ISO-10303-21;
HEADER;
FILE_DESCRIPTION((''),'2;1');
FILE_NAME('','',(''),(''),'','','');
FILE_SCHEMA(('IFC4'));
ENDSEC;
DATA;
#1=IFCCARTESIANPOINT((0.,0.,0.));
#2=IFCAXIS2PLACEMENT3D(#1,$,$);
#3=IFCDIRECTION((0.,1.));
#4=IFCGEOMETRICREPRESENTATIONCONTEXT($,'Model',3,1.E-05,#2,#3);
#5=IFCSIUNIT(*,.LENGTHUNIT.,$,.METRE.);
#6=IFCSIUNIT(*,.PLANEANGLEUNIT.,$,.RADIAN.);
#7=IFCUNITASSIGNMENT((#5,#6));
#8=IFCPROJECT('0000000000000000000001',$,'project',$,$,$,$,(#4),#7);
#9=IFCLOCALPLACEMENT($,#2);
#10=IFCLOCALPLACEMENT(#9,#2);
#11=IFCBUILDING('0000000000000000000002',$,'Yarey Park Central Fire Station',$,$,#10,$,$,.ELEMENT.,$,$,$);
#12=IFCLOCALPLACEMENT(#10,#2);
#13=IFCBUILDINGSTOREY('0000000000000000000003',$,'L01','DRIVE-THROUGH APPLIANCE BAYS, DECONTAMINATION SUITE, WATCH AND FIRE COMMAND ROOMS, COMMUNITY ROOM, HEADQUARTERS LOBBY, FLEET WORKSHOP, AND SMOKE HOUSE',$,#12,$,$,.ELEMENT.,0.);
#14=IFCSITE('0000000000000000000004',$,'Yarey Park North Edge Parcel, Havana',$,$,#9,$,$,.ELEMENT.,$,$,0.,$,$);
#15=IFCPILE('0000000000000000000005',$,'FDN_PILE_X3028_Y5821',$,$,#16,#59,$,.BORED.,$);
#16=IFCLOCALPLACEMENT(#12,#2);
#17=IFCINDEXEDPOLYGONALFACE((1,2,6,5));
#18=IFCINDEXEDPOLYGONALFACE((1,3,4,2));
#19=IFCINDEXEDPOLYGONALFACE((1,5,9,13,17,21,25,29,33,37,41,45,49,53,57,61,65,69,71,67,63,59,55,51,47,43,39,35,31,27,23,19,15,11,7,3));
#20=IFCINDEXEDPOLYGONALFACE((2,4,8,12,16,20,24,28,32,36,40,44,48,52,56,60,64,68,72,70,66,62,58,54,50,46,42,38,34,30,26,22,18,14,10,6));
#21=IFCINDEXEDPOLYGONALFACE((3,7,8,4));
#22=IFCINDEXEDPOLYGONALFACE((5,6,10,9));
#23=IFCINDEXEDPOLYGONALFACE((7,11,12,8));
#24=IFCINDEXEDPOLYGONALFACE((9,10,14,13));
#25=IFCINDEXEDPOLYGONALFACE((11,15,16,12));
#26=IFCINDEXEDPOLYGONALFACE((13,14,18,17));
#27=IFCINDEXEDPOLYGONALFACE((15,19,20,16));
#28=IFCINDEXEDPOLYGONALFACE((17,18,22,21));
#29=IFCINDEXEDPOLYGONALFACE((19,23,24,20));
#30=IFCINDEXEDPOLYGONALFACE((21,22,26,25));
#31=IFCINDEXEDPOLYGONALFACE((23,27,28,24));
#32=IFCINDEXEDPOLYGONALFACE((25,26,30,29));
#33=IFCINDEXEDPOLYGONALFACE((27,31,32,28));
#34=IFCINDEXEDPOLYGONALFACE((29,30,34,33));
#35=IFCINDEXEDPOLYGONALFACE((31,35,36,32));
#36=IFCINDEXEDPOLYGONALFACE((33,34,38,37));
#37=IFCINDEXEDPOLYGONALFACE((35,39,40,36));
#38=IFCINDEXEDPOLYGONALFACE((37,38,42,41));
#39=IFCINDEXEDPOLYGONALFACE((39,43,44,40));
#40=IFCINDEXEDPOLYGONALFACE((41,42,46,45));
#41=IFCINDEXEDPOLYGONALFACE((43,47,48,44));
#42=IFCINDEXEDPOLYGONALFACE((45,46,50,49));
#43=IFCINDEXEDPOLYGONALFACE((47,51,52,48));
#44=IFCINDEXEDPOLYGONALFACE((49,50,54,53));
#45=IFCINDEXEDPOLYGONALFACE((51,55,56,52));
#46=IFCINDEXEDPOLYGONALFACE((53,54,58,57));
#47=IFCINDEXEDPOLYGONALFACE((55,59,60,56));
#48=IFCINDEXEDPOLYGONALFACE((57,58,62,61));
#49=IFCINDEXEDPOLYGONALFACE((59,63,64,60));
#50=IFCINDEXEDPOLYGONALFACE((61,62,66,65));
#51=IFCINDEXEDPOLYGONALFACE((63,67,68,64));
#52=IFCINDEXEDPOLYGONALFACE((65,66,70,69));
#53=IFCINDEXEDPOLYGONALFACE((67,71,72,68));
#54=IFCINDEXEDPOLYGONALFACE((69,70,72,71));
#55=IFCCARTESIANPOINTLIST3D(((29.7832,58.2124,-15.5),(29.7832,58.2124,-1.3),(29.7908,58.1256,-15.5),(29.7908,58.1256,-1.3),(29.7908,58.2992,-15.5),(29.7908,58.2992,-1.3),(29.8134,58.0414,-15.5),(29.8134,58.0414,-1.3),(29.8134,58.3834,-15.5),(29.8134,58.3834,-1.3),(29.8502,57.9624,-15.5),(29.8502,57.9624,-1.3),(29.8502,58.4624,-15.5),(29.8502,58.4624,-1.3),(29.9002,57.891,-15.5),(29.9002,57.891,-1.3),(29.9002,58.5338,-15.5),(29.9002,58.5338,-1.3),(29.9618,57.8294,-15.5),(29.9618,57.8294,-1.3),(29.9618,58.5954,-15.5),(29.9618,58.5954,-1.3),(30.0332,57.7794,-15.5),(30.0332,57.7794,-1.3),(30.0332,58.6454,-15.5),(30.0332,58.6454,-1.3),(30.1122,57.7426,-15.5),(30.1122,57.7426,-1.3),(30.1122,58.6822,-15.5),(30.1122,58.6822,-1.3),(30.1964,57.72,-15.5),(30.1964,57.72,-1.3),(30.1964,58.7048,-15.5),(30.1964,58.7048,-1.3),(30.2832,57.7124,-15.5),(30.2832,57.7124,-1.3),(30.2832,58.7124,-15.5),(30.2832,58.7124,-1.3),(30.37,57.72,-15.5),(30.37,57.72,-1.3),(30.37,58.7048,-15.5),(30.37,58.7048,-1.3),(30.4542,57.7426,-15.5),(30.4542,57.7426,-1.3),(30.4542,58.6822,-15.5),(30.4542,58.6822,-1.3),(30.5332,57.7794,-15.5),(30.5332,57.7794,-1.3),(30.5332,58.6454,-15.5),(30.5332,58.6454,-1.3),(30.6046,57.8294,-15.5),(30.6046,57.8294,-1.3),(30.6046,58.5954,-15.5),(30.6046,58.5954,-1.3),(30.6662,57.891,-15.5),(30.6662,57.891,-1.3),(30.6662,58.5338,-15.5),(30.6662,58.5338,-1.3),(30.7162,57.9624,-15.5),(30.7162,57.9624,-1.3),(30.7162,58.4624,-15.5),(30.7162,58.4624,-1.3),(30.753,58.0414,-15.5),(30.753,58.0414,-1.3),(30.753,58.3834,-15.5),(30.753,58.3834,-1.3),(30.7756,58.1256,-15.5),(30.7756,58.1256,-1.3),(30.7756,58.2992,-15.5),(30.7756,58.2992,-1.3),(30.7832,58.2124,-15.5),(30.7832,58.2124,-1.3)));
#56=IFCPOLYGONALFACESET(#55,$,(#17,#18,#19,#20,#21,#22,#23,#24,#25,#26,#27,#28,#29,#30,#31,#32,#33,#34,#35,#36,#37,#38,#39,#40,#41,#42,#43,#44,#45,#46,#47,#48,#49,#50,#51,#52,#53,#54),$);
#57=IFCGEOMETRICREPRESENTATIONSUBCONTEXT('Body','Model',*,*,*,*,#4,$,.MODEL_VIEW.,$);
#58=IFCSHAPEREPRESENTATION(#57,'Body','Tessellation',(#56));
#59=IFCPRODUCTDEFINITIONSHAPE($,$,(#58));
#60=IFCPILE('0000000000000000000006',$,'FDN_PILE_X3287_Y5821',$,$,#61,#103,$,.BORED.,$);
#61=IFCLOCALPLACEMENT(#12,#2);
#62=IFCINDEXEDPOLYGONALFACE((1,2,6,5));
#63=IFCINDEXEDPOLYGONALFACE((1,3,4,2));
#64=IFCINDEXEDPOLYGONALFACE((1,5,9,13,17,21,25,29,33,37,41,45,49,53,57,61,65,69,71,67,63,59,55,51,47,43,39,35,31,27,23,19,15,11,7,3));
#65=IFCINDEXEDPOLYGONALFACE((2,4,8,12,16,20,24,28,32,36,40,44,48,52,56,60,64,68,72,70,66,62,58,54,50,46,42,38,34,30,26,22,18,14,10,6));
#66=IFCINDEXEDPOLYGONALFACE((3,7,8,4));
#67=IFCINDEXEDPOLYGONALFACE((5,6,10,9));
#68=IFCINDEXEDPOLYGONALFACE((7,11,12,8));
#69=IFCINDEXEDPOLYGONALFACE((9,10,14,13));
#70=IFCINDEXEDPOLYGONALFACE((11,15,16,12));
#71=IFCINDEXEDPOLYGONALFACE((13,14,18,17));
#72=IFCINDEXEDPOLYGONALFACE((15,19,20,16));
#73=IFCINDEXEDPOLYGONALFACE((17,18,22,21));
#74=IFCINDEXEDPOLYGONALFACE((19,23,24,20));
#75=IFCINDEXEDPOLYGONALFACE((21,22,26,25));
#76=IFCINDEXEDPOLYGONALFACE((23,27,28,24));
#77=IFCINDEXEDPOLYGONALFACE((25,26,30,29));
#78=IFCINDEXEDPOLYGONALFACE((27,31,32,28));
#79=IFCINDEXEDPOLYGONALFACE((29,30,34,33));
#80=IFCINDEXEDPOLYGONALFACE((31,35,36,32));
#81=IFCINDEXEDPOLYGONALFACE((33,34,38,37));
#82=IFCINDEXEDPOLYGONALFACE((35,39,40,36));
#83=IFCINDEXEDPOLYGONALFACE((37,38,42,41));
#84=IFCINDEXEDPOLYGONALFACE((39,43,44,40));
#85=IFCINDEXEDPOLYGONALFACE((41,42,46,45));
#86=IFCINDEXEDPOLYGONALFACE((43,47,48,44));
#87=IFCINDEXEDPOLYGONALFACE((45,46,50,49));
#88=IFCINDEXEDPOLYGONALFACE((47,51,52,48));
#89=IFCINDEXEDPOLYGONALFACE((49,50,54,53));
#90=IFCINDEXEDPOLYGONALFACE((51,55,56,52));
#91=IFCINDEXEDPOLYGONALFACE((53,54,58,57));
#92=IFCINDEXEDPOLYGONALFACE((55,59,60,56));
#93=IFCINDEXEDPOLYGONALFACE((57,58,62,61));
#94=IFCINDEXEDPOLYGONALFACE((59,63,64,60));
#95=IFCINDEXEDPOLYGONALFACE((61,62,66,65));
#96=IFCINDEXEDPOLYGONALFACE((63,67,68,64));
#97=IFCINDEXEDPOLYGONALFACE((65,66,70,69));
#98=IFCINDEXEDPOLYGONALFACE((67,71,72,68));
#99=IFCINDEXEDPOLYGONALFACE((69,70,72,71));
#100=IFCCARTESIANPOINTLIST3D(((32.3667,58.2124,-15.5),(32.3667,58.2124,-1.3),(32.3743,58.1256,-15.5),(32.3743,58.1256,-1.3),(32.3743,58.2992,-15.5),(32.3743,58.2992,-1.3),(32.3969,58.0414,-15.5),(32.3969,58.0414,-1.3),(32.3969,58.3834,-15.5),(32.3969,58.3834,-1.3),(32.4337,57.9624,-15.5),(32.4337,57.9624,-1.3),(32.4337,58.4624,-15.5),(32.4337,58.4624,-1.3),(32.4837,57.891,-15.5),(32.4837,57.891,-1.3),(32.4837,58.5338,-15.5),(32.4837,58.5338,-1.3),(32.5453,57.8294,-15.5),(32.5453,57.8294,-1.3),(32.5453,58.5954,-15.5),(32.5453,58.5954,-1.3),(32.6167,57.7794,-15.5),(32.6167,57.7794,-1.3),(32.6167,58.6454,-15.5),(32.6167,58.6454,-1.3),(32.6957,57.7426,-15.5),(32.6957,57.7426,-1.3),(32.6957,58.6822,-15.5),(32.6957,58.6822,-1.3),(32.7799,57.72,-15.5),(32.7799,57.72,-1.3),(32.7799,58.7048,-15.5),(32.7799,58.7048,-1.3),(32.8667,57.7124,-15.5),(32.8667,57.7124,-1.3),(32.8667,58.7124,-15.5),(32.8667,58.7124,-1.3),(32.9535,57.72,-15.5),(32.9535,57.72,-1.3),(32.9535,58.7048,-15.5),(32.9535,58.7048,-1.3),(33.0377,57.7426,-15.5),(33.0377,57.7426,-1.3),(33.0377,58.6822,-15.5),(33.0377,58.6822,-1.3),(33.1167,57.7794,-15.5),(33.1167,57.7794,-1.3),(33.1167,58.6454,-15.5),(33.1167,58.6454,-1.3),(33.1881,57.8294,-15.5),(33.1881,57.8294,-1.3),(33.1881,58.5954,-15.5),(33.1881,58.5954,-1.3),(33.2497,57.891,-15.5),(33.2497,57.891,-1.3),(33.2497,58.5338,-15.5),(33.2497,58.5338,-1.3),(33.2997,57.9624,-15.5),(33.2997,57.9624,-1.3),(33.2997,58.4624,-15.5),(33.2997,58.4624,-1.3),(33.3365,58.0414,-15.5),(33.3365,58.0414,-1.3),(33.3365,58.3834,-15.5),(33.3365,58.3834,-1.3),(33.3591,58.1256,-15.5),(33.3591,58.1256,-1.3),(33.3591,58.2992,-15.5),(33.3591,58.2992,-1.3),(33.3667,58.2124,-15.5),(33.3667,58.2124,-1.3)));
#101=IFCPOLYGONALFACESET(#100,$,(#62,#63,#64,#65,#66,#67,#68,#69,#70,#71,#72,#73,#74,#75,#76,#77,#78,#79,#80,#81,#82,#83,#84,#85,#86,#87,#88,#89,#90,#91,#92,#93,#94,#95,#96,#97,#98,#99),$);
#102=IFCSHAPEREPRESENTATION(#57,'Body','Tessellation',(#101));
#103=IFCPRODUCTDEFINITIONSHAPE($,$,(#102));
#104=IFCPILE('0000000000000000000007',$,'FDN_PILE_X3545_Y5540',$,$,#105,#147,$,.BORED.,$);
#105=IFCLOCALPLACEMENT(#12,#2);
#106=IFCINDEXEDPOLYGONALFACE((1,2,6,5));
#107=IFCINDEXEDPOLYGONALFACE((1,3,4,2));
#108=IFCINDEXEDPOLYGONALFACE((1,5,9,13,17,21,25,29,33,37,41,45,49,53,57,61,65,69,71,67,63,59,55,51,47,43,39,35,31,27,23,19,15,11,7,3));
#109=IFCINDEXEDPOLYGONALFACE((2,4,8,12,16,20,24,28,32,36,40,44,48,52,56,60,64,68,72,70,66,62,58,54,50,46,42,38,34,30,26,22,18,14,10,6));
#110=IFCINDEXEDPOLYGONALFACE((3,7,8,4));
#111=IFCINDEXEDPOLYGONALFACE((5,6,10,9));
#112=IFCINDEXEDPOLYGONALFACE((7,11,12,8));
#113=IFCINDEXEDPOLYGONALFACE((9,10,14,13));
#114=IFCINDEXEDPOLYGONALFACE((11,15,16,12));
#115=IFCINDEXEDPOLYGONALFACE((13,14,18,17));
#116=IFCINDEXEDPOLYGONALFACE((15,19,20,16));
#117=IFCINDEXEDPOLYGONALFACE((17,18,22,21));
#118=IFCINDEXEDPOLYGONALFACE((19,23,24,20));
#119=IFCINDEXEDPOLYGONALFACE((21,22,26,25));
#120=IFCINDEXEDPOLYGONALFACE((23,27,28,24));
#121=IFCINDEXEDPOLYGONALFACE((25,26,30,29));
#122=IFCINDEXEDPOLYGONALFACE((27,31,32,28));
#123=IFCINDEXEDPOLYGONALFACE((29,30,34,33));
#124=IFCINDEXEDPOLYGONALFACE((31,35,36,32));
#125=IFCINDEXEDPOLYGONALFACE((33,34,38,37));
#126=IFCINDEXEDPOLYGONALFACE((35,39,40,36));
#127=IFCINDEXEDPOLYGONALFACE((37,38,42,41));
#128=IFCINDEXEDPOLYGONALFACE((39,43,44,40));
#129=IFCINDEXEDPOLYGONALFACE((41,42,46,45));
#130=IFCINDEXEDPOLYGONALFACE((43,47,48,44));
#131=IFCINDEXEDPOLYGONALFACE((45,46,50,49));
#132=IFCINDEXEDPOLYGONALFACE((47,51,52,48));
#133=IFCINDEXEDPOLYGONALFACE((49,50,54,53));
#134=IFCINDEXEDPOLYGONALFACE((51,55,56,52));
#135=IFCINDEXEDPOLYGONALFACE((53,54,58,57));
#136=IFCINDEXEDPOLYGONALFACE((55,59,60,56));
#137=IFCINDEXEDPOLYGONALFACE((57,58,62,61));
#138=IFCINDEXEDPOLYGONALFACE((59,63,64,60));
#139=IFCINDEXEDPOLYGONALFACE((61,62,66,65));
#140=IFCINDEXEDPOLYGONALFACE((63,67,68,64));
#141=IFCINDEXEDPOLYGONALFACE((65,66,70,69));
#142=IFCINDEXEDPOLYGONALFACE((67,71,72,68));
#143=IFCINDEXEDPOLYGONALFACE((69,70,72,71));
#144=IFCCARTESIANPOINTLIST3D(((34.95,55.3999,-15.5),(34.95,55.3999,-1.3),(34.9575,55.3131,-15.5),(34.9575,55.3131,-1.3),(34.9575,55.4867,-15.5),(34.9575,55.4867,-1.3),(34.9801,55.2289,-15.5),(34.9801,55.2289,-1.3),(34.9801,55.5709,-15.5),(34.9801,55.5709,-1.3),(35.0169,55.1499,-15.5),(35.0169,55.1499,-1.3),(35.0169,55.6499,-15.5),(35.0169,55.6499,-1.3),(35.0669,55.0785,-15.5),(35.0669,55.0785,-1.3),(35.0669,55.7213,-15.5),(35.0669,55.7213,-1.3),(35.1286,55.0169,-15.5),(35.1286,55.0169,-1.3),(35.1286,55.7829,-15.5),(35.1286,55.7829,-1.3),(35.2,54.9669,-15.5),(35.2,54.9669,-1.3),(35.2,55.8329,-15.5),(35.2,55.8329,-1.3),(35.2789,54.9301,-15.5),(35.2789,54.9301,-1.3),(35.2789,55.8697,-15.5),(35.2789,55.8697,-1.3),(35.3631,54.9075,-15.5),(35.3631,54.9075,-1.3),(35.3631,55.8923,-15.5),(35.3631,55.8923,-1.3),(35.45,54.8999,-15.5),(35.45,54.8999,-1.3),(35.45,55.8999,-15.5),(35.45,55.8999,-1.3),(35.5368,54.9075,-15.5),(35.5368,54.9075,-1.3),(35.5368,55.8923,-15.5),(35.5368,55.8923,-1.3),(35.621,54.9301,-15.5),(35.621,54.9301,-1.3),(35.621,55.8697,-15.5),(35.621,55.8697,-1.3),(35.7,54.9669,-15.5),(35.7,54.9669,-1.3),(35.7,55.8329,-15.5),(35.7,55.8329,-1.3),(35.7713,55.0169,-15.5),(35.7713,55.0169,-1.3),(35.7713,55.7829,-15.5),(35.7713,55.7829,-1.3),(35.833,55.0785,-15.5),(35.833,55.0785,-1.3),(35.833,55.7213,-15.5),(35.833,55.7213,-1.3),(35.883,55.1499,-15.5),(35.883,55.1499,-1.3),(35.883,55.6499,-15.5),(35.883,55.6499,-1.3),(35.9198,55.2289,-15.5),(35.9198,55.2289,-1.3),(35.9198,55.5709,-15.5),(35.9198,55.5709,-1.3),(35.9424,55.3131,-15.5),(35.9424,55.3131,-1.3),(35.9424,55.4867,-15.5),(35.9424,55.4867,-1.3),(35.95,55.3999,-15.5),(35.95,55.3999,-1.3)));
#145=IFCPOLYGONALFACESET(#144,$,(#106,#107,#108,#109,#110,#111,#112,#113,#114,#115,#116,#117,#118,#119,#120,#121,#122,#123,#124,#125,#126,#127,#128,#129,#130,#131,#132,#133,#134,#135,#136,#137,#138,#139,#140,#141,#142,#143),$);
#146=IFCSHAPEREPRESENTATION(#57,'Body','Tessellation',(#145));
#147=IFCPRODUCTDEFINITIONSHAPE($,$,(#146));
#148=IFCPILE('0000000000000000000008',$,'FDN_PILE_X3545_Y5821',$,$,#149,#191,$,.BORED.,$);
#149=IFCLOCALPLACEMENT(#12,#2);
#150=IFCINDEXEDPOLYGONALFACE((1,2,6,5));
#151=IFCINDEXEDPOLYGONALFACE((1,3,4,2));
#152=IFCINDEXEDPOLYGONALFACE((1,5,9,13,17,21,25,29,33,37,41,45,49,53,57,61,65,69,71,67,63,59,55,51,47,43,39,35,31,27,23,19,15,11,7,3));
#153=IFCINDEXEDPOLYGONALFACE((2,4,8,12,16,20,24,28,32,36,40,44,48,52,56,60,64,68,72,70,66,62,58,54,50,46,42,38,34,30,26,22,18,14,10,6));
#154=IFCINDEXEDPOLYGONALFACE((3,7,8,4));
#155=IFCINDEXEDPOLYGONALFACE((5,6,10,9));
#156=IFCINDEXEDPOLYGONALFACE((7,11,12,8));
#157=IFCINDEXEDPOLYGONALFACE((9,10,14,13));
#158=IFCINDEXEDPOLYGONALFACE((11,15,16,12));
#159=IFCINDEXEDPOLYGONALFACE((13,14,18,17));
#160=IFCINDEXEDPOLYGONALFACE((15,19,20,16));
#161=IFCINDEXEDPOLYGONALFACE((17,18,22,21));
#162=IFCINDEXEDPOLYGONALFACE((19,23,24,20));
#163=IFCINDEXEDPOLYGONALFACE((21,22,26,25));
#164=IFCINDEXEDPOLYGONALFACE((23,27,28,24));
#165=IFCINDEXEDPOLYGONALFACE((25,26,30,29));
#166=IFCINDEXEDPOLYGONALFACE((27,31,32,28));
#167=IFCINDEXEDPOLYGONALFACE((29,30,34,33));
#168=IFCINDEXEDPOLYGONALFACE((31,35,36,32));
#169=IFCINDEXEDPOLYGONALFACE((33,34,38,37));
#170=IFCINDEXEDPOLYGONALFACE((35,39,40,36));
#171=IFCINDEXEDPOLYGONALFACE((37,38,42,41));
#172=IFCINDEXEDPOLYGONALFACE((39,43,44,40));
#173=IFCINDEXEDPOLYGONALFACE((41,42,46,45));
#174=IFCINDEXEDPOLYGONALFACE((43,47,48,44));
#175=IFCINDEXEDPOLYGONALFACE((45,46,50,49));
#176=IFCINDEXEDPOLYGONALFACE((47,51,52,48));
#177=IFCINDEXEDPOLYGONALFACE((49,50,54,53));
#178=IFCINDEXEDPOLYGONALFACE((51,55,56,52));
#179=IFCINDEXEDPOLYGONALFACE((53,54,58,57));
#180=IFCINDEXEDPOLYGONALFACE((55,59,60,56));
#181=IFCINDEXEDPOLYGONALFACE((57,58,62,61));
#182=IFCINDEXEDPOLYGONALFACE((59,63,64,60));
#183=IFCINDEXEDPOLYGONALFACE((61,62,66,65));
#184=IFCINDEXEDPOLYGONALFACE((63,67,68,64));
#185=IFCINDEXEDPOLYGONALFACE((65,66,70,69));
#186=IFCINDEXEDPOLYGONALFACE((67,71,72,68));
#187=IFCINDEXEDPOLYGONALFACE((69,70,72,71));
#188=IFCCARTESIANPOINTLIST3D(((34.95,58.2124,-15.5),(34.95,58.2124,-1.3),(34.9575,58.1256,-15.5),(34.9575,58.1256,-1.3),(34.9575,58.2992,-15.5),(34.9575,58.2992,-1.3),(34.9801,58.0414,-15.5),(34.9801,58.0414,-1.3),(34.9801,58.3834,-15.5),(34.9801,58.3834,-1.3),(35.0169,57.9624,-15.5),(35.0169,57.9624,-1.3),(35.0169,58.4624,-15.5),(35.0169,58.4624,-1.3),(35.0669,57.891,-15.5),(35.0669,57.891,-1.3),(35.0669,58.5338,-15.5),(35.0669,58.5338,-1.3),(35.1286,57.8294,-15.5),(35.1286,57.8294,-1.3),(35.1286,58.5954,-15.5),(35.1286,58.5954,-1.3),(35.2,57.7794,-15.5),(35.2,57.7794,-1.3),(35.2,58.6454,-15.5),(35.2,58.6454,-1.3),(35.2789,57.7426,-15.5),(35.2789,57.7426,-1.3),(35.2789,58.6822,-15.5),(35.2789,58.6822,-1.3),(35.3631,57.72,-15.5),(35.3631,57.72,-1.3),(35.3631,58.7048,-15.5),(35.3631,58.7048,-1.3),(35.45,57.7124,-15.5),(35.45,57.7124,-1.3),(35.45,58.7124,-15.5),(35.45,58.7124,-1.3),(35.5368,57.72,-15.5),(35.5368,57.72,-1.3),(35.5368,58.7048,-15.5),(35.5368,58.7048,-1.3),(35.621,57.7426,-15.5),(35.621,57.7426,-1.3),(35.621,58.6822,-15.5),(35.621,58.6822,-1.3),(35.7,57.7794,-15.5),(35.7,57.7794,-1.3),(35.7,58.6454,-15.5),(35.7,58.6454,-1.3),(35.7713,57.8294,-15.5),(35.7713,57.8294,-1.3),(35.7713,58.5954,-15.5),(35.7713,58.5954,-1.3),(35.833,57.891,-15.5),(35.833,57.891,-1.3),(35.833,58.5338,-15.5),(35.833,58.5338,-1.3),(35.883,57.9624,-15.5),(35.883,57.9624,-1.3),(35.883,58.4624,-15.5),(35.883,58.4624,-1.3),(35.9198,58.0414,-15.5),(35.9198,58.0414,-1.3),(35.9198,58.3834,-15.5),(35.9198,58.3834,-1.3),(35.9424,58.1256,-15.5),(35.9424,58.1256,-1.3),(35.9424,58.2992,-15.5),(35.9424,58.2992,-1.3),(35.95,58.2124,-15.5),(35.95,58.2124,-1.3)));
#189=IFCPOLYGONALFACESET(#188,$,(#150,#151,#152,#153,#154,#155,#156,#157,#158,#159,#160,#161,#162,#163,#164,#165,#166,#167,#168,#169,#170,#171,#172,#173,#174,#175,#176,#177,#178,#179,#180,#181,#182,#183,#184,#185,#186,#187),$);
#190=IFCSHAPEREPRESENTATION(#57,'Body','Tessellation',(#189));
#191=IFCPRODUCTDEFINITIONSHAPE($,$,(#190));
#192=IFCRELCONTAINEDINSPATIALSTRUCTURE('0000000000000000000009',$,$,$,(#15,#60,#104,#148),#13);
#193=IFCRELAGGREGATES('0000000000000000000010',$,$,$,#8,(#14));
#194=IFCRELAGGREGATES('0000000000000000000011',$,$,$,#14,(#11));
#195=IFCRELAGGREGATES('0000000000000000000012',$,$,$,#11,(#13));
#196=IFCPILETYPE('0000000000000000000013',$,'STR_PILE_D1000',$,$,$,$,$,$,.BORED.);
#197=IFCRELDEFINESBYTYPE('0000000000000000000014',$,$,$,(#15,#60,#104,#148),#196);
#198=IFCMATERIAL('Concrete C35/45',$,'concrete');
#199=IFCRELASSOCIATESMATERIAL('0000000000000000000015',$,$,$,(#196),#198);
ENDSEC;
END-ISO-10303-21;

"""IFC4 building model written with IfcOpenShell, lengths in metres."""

from ifc_helpers import new_model, si_unit, direction, frame, origin, origin_2d, place, context, subcontext, project, spatial, circle, extrude, material, material_profile, profile_set, type_object, element, save


model = new_model("IFC4")

# Units and contexts
model_context = context("Model", 3, precision=1e-05, world=origin(), true_north=direction((0.0, 1.0)))
body_context = subcontext(model_context, "Body", "Model", "MODEL_VIEW")
ifc_project = project(units=[si_unit("LENGTHUNIT", "METRE"), si_unit("PLANEANGLEUNIT", "RADIAN")], contexts=[model_context])

# Site, building, storey
site_placement = place(None, origin())
site = spatial("IfcSite", under=ifc_project, at=site_placement, Name="Yarey Park North Edge Parcel, Havana", CompositionType="ELEMENT", RefElevation=0.0)
building_placement = place(site_placement, origin())
building = spatial("IfcBuilding", under=site, at=building_placement, Name="Yarey Park Central Fire Station", CompositionType="ELEMENT")
storey_placement = place(building_placement, origin())
storey = spatial("IfcBuildingStorey", under=building, at=storey_placement, Name="L01", Description="DRIVE-THROUGH APPLIANCE BAYS, DECONTAMINATION SUITE, WATCH AND FIRE COMMAND ROOMS, COMMUNITY ROOM, HEADQUARTERS LOBBY, FLEET WORKSHOP, AND SMOKE HOUSE", CompositionType="ELEMENT", Elevation=0.0)

# Piles
ifc_material_1 = material(Name="Concrete C35/45", Category="concrete")
ifc_material_profile_1 = material_profile(ifc_material_1, circle(Radius=0.5, at=origin_2d()), Name="BORED PILE D1000")
ifc_profile_set_1 = profile_set([ifc_material_profile_1], Name="Concrete C35/45")
pile_type = type_object("IfcPileType", Name="STR_PILE_D1000", PredefinedType="BORED", material=ifc_profile_set_1)
for number, where, z_axis, x_axis, name in (
    (1, (30.2832, 58.2124, -1.3), (0.0, 0.0, -1.0), (1.0, 0.0, 0.0), "FDN_PILE_X3028_Y5821"),
    (2, (32.8667, 58.2124, -1.3), (0.0, 0.0, -1.0), (1.0, 0.0, 0.0), "FDN_PILE_X3287_Y5821"),
    (3, (35.45, 55.3999, -1.3), (0.0, 0.0, -1.0), (1.0, 0.0, 0.0), "FDN_PILE_X3545_Y5540"),
    (4, (35.45, 58.2124, -1.3), (0.0, 0.0, -1.0), (1.0, 0.0, 0.0), "FDN_PILE_X3545_Y5821"),
):
    element("IfcPile", number, at=place(storey_placement, frame(where, z_axis=z_axis, x_axis=x_axis)), inside=storey, type_object=pile_type, Name=name, PredefinedType="BORED", context=body_context, shape_type="SweptSolid", body=[
        extrude(circle(Radius=0.5, at=origin_2d()), origin(), (0.0, 0.0, 1.0), 14.2),
    ])

save(model, "model.ifc")
